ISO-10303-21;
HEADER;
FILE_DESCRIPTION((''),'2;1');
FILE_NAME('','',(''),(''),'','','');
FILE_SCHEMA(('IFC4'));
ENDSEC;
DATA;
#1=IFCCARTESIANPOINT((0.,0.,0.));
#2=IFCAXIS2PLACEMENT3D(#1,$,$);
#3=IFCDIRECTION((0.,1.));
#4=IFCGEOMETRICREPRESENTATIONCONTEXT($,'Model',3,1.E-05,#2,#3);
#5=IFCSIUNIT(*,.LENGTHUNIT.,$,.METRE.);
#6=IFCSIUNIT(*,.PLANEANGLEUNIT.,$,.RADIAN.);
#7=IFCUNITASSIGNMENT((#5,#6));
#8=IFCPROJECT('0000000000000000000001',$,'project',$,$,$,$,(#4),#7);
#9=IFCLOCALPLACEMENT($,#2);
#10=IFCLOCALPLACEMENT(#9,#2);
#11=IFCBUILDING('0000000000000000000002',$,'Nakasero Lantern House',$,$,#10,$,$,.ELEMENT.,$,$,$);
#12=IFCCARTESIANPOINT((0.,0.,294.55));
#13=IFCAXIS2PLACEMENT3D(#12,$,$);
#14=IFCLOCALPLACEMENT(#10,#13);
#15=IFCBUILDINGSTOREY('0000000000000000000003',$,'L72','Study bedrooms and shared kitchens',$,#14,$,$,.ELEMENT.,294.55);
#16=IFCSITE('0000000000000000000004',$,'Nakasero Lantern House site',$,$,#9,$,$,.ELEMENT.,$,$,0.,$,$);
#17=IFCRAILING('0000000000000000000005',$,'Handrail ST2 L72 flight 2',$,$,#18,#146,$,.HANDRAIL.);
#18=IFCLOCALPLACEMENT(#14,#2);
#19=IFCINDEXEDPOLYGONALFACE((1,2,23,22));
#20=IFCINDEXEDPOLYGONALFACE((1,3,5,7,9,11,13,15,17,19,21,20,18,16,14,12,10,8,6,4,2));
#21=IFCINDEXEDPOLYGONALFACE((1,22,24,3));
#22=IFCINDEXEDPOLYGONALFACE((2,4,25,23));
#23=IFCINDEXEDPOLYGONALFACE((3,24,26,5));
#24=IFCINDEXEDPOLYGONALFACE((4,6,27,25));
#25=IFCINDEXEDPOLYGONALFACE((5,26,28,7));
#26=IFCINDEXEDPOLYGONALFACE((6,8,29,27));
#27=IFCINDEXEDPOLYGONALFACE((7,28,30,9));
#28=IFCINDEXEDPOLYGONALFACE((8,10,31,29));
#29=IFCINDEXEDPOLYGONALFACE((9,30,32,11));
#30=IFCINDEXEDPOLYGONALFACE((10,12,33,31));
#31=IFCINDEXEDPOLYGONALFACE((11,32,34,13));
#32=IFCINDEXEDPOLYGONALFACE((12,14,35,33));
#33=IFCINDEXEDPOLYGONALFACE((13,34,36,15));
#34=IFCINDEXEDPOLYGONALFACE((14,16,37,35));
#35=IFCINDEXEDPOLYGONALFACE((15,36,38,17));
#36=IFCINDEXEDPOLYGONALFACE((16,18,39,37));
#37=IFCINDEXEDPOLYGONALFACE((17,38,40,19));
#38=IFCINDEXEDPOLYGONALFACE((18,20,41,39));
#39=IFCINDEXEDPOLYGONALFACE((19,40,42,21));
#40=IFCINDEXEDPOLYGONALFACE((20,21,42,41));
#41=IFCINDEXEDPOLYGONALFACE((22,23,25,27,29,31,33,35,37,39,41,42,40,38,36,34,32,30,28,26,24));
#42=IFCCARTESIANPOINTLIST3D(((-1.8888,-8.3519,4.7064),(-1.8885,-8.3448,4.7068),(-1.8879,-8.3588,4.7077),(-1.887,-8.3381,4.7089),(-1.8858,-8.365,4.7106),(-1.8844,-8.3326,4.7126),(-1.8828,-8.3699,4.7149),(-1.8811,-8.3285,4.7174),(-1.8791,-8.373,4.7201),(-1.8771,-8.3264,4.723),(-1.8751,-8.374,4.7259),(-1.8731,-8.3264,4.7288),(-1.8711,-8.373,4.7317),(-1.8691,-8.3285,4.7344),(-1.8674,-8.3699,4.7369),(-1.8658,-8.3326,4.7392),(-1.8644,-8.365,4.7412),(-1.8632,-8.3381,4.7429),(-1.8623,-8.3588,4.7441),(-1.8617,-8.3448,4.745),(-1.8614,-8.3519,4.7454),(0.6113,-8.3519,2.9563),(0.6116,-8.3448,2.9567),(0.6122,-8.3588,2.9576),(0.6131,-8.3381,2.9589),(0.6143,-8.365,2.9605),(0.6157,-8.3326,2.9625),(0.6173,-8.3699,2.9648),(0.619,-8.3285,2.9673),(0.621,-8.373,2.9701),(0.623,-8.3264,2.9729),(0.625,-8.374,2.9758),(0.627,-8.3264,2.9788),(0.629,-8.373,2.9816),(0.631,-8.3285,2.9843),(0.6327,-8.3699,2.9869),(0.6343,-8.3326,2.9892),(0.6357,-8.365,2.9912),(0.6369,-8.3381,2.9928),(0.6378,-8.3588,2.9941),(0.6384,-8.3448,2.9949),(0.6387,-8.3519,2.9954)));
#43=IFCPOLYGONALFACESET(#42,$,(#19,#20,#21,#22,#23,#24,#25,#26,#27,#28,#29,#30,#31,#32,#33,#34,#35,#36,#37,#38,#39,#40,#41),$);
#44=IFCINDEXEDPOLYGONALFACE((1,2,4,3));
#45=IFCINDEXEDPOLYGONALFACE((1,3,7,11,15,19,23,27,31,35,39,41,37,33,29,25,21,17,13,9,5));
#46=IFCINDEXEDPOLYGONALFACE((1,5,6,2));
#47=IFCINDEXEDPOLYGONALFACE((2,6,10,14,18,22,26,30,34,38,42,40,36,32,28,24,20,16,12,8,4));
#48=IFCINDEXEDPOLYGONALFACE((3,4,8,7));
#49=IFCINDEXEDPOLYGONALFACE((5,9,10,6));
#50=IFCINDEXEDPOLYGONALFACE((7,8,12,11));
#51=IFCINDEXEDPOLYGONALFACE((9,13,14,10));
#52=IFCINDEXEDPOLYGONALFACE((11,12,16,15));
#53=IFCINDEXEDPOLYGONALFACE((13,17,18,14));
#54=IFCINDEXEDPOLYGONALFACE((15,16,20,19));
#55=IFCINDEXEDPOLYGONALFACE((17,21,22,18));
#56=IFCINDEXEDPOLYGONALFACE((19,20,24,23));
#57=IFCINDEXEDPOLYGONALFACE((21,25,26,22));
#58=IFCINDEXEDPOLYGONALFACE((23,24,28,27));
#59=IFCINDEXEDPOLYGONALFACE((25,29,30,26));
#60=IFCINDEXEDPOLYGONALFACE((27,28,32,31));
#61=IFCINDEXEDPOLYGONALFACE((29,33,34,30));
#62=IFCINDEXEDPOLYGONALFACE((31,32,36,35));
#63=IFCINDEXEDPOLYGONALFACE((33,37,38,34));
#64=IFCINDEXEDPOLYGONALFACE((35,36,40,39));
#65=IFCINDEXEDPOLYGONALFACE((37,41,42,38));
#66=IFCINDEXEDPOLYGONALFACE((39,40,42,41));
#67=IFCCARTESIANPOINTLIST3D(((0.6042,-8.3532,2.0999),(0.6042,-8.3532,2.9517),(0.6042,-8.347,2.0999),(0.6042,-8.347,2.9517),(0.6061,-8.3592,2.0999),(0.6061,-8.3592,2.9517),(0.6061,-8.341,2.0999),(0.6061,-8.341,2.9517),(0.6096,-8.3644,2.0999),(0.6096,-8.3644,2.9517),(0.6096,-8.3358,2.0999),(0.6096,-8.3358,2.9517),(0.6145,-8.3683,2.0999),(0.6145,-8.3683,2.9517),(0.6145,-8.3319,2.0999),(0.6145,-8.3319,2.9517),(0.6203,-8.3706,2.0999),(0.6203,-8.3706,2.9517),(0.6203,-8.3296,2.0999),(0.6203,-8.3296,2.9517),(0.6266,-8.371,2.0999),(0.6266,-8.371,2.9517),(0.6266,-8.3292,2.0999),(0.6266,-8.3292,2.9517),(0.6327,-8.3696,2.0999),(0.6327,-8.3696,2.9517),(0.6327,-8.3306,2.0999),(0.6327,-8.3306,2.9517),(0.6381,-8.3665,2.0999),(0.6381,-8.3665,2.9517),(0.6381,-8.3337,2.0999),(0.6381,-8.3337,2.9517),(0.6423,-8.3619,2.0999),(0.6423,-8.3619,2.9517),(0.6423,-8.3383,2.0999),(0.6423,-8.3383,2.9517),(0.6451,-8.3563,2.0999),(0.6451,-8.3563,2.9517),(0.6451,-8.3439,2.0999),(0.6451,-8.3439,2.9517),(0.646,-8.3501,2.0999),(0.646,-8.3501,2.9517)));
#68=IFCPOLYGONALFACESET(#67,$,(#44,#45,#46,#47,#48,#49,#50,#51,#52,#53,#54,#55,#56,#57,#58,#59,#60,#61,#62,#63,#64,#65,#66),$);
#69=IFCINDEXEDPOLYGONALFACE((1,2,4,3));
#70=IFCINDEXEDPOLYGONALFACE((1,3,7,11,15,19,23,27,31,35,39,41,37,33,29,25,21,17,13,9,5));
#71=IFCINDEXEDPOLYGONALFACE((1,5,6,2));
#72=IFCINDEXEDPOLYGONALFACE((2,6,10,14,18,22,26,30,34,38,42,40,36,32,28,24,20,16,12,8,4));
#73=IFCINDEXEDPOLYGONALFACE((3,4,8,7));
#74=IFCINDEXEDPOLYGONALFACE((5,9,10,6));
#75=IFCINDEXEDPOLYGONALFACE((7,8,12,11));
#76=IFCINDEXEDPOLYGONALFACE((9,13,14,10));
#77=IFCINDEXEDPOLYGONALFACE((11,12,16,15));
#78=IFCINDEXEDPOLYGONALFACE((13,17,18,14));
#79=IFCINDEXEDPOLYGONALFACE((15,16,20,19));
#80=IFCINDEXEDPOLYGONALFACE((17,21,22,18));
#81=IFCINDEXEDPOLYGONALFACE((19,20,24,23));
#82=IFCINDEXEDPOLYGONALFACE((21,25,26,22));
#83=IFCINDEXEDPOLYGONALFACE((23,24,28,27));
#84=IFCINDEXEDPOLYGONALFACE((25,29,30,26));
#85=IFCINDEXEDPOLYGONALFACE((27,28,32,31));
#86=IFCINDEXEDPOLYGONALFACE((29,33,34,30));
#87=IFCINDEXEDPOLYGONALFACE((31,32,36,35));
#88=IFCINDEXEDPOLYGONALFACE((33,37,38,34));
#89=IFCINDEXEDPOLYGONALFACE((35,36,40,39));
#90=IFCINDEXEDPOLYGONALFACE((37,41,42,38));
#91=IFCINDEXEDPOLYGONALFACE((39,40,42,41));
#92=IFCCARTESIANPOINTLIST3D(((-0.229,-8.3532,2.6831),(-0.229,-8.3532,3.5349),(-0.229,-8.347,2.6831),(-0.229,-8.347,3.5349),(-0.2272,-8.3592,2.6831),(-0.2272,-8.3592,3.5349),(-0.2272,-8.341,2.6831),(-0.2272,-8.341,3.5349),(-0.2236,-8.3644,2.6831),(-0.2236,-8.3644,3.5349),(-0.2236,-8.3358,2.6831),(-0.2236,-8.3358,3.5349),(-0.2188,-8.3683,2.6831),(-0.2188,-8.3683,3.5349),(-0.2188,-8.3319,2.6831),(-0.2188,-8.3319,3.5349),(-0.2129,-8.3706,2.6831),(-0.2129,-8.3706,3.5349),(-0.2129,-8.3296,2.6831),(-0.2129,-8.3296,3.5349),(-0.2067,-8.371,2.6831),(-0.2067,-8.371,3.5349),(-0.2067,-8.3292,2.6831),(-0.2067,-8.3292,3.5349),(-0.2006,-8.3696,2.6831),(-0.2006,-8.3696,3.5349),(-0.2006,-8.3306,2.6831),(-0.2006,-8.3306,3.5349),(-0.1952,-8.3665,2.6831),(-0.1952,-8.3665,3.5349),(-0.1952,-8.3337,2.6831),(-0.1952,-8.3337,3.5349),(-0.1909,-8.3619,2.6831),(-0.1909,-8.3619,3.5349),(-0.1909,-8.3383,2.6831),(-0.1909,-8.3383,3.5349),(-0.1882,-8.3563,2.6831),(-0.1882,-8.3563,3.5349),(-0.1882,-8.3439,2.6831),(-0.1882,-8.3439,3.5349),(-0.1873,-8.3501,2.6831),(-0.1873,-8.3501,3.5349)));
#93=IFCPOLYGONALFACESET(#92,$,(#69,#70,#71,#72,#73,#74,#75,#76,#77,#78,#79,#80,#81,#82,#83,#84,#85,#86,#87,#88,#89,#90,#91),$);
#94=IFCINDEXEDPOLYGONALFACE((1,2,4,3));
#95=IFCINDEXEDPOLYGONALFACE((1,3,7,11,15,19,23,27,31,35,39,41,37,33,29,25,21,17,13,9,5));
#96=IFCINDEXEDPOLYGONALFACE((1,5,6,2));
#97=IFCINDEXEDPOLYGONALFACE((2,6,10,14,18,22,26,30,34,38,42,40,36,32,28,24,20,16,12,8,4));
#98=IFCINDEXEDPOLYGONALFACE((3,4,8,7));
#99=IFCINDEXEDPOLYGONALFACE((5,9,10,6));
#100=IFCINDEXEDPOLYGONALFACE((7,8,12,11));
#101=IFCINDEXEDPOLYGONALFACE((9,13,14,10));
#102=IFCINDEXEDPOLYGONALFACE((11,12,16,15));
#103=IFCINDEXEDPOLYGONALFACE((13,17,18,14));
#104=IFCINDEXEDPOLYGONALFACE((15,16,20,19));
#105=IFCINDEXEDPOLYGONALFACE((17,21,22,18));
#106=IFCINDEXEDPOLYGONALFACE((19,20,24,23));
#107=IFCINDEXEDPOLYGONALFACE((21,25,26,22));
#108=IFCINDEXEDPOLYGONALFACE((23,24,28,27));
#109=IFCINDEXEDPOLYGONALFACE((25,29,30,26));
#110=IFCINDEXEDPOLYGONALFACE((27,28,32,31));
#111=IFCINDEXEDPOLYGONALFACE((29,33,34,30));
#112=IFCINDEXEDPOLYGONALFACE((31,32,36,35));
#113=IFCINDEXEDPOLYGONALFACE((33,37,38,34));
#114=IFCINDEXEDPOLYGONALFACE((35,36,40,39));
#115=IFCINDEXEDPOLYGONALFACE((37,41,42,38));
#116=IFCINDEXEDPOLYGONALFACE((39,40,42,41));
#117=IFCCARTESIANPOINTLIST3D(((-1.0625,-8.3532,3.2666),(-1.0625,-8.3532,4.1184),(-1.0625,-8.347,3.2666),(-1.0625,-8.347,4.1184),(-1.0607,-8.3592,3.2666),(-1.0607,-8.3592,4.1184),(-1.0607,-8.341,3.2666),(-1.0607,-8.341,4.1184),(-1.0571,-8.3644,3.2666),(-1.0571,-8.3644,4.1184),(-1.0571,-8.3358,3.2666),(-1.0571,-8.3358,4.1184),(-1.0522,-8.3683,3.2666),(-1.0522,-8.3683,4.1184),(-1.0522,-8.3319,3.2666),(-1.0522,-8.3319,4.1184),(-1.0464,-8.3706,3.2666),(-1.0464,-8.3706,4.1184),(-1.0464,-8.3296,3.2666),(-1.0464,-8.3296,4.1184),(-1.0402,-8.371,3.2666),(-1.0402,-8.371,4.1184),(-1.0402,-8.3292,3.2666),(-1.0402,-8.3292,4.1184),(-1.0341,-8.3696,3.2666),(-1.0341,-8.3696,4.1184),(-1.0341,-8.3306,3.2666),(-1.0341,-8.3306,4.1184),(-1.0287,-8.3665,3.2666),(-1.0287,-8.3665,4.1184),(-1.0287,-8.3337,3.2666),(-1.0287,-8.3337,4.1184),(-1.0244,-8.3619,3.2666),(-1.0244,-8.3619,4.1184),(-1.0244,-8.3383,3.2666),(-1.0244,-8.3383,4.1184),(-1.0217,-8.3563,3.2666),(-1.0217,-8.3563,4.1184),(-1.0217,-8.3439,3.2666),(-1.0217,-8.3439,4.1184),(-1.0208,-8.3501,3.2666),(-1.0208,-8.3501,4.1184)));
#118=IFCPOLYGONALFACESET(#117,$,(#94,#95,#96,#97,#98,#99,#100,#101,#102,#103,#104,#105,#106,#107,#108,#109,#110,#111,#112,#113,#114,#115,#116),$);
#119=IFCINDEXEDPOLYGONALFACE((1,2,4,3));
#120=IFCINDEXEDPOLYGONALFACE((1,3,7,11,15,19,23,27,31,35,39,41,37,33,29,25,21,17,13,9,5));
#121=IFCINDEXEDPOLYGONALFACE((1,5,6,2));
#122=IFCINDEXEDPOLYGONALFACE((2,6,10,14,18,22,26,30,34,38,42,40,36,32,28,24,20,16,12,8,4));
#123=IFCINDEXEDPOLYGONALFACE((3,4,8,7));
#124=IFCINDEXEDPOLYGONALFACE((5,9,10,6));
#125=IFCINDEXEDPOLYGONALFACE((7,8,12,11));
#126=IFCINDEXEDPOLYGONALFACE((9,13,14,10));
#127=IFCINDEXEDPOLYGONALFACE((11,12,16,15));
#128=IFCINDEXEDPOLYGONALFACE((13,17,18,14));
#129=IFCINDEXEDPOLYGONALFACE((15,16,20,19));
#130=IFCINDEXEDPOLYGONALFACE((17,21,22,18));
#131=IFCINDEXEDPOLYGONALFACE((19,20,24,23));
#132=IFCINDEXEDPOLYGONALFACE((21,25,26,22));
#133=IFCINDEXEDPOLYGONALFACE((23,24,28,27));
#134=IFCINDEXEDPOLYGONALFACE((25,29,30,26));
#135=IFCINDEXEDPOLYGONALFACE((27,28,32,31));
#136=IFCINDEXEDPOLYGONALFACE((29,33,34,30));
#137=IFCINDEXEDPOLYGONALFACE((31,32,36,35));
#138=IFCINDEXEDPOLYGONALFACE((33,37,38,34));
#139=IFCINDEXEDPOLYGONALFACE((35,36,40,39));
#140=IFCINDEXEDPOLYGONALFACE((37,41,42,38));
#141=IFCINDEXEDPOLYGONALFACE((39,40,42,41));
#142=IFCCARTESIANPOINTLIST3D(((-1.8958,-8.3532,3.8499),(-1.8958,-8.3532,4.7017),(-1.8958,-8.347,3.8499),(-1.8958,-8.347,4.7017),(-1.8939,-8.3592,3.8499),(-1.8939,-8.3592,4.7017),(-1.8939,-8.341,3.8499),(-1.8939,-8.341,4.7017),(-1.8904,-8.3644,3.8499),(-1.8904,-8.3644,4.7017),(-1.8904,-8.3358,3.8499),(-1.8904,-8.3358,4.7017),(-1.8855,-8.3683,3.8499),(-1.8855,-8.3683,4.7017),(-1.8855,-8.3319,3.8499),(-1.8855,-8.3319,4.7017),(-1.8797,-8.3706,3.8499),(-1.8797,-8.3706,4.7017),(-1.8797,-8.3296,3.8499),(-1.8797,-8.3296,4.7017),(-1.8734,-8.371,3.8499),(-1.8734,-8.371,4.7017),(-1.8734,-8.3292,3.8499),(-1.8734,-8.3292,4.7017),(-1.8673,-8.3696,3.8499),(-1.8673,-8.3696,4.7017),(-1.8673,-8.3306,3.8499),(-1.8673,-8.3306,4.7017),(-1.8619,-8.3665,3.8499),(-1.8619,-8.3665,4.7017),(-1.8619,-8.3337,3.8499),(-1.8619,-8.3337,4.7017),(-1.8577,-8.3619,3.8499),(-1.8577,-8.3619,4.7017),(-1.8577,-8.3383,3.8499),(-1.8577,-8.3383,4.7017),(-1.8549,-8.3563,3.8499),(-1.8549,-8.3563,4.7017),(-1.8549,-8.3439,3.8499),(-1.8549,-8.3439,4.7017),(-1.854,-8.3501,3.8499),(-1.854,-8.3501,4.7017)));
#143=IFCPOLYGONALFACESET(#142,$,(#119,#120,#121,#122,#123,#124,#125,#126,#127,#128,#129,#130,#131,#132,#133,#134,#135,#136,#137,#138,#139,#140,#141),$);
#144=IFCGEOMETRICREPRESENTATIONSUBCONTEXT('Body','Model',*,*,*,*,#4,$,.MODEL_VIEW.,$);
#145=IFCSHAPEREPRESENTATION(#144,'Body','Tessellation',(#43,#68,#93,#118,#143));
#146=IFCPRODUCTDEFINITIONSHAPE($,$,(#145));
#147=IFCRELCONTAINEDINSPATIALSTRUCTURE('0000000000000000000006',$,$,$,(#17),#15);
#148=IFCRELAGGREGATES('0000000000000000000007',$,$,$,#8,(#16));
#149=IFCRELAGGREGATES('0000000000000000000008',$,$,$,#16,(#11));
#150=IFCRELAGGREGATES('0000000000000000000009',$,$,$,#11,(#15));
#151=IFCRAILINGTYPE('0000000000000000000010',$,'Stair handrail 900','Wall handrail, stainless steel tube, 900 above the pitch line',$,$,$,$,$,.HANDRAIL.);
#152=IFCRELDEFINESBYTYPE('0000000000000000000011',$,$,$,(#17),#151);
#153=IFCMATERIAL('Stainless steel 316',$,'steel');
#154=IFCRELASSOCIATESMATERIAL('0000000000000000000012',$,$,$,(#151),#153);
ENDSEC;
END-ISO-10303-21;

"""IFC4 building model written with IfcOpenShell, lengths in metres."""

from ifc_helpers import new_model, si_unit, direction, frame, origin, origin_2d, place, context, subcontext, project, spatial, circle, extrude, material, type_object, element, save


model = new_model("IFC4")

# Units and contexts
model_context = context("Model", 3, precision=1e-05, world=origin(), true_north=direction((0.0, 1.0)))
body_context = subcontext(model_context, "Body", "Model", "MODEL_VIEW")
ifc_project = project(units=[si_unit("LENGTHUNIT", "METRE"), si_unit("PLANEANGLEUNIT", "RADIAN")], contexts=[model_context])

# Site, building, storey
site_placement = place(None, origin())
site = spatial("IfcSite", under=ifc_project, at=site_placement, Name="Nakasero Lantern House site", CompositionType="ELEMENT", RefElevation=0.0)
building_placement = place(site_placement, origin())
building = spatial("IfcBuilding", under=site, at=building_placement, Name="Nakasero Lantern House", CompositionType="ELEMENT")
storey_placement = place(building_placement, frame((0.0, 0.0, 294.55)))
storey = spatial("IfcBuildingStorey", under=building, at=storey_placement, Name="L72", Description="Study bedrooms and shared kitchens", CompositionType="ELEMENT", Elevation=294.55)

# Railing
ifc_material_1 = material(Name="Stainless steel 316", Category="steel")
railing_type = type_object("IfcRailingType", Name="Stair handrail 900", Description="Wall handrail, stainless steel tube, 900 above the pitch line", PredefinedType="HANDRAIL", material=ifc_material_1)
railing_placement = place(storey_placement, frame((0.625, -8.3501, 2.0999)))
element("IfcRailing", 1, at=railing_placement, inside=storey, type_object=railing_type, Name="Handrail ST2 L72 flight 2", PredefinedType="HANDRAIL", context=body_context, shape_type="SweptSolid", body=[
    extrude(circle(Radius=0.0239, at=origin_2d()), frame((0.0, 0.0, 0.876), z_axis=(-0.819232, 0.0, 0.573462), x_axis=(0.0, -1.0, 0.0)), (0.0, 0.0, 1.0), 3.0518),
    extrude(circle(Radius=0.021, at=origin_2d()), origin(), (0.0, 0.0, 1.0), 0.8518),
    extrude(circle(Radius=0.021, at=origin_2d()), frame((-0.8333, 0.0, 0.5833)), (0.0, 0.0, 1.0), 0.8518),
    extrude(circle(Radius=0.021, at=origin_2d()), frame((-1.6667, 0.0, 1.1667)), (0.0, 0.0, 1.0), 0.8518),
    extrude(circle(Radius=0.021, at=origin_2d()), frame((-2.5, 0.0, 1.75)), (0.0, 0.0, 1.0), 0.8518),
])

save(model, "model.ifc")
